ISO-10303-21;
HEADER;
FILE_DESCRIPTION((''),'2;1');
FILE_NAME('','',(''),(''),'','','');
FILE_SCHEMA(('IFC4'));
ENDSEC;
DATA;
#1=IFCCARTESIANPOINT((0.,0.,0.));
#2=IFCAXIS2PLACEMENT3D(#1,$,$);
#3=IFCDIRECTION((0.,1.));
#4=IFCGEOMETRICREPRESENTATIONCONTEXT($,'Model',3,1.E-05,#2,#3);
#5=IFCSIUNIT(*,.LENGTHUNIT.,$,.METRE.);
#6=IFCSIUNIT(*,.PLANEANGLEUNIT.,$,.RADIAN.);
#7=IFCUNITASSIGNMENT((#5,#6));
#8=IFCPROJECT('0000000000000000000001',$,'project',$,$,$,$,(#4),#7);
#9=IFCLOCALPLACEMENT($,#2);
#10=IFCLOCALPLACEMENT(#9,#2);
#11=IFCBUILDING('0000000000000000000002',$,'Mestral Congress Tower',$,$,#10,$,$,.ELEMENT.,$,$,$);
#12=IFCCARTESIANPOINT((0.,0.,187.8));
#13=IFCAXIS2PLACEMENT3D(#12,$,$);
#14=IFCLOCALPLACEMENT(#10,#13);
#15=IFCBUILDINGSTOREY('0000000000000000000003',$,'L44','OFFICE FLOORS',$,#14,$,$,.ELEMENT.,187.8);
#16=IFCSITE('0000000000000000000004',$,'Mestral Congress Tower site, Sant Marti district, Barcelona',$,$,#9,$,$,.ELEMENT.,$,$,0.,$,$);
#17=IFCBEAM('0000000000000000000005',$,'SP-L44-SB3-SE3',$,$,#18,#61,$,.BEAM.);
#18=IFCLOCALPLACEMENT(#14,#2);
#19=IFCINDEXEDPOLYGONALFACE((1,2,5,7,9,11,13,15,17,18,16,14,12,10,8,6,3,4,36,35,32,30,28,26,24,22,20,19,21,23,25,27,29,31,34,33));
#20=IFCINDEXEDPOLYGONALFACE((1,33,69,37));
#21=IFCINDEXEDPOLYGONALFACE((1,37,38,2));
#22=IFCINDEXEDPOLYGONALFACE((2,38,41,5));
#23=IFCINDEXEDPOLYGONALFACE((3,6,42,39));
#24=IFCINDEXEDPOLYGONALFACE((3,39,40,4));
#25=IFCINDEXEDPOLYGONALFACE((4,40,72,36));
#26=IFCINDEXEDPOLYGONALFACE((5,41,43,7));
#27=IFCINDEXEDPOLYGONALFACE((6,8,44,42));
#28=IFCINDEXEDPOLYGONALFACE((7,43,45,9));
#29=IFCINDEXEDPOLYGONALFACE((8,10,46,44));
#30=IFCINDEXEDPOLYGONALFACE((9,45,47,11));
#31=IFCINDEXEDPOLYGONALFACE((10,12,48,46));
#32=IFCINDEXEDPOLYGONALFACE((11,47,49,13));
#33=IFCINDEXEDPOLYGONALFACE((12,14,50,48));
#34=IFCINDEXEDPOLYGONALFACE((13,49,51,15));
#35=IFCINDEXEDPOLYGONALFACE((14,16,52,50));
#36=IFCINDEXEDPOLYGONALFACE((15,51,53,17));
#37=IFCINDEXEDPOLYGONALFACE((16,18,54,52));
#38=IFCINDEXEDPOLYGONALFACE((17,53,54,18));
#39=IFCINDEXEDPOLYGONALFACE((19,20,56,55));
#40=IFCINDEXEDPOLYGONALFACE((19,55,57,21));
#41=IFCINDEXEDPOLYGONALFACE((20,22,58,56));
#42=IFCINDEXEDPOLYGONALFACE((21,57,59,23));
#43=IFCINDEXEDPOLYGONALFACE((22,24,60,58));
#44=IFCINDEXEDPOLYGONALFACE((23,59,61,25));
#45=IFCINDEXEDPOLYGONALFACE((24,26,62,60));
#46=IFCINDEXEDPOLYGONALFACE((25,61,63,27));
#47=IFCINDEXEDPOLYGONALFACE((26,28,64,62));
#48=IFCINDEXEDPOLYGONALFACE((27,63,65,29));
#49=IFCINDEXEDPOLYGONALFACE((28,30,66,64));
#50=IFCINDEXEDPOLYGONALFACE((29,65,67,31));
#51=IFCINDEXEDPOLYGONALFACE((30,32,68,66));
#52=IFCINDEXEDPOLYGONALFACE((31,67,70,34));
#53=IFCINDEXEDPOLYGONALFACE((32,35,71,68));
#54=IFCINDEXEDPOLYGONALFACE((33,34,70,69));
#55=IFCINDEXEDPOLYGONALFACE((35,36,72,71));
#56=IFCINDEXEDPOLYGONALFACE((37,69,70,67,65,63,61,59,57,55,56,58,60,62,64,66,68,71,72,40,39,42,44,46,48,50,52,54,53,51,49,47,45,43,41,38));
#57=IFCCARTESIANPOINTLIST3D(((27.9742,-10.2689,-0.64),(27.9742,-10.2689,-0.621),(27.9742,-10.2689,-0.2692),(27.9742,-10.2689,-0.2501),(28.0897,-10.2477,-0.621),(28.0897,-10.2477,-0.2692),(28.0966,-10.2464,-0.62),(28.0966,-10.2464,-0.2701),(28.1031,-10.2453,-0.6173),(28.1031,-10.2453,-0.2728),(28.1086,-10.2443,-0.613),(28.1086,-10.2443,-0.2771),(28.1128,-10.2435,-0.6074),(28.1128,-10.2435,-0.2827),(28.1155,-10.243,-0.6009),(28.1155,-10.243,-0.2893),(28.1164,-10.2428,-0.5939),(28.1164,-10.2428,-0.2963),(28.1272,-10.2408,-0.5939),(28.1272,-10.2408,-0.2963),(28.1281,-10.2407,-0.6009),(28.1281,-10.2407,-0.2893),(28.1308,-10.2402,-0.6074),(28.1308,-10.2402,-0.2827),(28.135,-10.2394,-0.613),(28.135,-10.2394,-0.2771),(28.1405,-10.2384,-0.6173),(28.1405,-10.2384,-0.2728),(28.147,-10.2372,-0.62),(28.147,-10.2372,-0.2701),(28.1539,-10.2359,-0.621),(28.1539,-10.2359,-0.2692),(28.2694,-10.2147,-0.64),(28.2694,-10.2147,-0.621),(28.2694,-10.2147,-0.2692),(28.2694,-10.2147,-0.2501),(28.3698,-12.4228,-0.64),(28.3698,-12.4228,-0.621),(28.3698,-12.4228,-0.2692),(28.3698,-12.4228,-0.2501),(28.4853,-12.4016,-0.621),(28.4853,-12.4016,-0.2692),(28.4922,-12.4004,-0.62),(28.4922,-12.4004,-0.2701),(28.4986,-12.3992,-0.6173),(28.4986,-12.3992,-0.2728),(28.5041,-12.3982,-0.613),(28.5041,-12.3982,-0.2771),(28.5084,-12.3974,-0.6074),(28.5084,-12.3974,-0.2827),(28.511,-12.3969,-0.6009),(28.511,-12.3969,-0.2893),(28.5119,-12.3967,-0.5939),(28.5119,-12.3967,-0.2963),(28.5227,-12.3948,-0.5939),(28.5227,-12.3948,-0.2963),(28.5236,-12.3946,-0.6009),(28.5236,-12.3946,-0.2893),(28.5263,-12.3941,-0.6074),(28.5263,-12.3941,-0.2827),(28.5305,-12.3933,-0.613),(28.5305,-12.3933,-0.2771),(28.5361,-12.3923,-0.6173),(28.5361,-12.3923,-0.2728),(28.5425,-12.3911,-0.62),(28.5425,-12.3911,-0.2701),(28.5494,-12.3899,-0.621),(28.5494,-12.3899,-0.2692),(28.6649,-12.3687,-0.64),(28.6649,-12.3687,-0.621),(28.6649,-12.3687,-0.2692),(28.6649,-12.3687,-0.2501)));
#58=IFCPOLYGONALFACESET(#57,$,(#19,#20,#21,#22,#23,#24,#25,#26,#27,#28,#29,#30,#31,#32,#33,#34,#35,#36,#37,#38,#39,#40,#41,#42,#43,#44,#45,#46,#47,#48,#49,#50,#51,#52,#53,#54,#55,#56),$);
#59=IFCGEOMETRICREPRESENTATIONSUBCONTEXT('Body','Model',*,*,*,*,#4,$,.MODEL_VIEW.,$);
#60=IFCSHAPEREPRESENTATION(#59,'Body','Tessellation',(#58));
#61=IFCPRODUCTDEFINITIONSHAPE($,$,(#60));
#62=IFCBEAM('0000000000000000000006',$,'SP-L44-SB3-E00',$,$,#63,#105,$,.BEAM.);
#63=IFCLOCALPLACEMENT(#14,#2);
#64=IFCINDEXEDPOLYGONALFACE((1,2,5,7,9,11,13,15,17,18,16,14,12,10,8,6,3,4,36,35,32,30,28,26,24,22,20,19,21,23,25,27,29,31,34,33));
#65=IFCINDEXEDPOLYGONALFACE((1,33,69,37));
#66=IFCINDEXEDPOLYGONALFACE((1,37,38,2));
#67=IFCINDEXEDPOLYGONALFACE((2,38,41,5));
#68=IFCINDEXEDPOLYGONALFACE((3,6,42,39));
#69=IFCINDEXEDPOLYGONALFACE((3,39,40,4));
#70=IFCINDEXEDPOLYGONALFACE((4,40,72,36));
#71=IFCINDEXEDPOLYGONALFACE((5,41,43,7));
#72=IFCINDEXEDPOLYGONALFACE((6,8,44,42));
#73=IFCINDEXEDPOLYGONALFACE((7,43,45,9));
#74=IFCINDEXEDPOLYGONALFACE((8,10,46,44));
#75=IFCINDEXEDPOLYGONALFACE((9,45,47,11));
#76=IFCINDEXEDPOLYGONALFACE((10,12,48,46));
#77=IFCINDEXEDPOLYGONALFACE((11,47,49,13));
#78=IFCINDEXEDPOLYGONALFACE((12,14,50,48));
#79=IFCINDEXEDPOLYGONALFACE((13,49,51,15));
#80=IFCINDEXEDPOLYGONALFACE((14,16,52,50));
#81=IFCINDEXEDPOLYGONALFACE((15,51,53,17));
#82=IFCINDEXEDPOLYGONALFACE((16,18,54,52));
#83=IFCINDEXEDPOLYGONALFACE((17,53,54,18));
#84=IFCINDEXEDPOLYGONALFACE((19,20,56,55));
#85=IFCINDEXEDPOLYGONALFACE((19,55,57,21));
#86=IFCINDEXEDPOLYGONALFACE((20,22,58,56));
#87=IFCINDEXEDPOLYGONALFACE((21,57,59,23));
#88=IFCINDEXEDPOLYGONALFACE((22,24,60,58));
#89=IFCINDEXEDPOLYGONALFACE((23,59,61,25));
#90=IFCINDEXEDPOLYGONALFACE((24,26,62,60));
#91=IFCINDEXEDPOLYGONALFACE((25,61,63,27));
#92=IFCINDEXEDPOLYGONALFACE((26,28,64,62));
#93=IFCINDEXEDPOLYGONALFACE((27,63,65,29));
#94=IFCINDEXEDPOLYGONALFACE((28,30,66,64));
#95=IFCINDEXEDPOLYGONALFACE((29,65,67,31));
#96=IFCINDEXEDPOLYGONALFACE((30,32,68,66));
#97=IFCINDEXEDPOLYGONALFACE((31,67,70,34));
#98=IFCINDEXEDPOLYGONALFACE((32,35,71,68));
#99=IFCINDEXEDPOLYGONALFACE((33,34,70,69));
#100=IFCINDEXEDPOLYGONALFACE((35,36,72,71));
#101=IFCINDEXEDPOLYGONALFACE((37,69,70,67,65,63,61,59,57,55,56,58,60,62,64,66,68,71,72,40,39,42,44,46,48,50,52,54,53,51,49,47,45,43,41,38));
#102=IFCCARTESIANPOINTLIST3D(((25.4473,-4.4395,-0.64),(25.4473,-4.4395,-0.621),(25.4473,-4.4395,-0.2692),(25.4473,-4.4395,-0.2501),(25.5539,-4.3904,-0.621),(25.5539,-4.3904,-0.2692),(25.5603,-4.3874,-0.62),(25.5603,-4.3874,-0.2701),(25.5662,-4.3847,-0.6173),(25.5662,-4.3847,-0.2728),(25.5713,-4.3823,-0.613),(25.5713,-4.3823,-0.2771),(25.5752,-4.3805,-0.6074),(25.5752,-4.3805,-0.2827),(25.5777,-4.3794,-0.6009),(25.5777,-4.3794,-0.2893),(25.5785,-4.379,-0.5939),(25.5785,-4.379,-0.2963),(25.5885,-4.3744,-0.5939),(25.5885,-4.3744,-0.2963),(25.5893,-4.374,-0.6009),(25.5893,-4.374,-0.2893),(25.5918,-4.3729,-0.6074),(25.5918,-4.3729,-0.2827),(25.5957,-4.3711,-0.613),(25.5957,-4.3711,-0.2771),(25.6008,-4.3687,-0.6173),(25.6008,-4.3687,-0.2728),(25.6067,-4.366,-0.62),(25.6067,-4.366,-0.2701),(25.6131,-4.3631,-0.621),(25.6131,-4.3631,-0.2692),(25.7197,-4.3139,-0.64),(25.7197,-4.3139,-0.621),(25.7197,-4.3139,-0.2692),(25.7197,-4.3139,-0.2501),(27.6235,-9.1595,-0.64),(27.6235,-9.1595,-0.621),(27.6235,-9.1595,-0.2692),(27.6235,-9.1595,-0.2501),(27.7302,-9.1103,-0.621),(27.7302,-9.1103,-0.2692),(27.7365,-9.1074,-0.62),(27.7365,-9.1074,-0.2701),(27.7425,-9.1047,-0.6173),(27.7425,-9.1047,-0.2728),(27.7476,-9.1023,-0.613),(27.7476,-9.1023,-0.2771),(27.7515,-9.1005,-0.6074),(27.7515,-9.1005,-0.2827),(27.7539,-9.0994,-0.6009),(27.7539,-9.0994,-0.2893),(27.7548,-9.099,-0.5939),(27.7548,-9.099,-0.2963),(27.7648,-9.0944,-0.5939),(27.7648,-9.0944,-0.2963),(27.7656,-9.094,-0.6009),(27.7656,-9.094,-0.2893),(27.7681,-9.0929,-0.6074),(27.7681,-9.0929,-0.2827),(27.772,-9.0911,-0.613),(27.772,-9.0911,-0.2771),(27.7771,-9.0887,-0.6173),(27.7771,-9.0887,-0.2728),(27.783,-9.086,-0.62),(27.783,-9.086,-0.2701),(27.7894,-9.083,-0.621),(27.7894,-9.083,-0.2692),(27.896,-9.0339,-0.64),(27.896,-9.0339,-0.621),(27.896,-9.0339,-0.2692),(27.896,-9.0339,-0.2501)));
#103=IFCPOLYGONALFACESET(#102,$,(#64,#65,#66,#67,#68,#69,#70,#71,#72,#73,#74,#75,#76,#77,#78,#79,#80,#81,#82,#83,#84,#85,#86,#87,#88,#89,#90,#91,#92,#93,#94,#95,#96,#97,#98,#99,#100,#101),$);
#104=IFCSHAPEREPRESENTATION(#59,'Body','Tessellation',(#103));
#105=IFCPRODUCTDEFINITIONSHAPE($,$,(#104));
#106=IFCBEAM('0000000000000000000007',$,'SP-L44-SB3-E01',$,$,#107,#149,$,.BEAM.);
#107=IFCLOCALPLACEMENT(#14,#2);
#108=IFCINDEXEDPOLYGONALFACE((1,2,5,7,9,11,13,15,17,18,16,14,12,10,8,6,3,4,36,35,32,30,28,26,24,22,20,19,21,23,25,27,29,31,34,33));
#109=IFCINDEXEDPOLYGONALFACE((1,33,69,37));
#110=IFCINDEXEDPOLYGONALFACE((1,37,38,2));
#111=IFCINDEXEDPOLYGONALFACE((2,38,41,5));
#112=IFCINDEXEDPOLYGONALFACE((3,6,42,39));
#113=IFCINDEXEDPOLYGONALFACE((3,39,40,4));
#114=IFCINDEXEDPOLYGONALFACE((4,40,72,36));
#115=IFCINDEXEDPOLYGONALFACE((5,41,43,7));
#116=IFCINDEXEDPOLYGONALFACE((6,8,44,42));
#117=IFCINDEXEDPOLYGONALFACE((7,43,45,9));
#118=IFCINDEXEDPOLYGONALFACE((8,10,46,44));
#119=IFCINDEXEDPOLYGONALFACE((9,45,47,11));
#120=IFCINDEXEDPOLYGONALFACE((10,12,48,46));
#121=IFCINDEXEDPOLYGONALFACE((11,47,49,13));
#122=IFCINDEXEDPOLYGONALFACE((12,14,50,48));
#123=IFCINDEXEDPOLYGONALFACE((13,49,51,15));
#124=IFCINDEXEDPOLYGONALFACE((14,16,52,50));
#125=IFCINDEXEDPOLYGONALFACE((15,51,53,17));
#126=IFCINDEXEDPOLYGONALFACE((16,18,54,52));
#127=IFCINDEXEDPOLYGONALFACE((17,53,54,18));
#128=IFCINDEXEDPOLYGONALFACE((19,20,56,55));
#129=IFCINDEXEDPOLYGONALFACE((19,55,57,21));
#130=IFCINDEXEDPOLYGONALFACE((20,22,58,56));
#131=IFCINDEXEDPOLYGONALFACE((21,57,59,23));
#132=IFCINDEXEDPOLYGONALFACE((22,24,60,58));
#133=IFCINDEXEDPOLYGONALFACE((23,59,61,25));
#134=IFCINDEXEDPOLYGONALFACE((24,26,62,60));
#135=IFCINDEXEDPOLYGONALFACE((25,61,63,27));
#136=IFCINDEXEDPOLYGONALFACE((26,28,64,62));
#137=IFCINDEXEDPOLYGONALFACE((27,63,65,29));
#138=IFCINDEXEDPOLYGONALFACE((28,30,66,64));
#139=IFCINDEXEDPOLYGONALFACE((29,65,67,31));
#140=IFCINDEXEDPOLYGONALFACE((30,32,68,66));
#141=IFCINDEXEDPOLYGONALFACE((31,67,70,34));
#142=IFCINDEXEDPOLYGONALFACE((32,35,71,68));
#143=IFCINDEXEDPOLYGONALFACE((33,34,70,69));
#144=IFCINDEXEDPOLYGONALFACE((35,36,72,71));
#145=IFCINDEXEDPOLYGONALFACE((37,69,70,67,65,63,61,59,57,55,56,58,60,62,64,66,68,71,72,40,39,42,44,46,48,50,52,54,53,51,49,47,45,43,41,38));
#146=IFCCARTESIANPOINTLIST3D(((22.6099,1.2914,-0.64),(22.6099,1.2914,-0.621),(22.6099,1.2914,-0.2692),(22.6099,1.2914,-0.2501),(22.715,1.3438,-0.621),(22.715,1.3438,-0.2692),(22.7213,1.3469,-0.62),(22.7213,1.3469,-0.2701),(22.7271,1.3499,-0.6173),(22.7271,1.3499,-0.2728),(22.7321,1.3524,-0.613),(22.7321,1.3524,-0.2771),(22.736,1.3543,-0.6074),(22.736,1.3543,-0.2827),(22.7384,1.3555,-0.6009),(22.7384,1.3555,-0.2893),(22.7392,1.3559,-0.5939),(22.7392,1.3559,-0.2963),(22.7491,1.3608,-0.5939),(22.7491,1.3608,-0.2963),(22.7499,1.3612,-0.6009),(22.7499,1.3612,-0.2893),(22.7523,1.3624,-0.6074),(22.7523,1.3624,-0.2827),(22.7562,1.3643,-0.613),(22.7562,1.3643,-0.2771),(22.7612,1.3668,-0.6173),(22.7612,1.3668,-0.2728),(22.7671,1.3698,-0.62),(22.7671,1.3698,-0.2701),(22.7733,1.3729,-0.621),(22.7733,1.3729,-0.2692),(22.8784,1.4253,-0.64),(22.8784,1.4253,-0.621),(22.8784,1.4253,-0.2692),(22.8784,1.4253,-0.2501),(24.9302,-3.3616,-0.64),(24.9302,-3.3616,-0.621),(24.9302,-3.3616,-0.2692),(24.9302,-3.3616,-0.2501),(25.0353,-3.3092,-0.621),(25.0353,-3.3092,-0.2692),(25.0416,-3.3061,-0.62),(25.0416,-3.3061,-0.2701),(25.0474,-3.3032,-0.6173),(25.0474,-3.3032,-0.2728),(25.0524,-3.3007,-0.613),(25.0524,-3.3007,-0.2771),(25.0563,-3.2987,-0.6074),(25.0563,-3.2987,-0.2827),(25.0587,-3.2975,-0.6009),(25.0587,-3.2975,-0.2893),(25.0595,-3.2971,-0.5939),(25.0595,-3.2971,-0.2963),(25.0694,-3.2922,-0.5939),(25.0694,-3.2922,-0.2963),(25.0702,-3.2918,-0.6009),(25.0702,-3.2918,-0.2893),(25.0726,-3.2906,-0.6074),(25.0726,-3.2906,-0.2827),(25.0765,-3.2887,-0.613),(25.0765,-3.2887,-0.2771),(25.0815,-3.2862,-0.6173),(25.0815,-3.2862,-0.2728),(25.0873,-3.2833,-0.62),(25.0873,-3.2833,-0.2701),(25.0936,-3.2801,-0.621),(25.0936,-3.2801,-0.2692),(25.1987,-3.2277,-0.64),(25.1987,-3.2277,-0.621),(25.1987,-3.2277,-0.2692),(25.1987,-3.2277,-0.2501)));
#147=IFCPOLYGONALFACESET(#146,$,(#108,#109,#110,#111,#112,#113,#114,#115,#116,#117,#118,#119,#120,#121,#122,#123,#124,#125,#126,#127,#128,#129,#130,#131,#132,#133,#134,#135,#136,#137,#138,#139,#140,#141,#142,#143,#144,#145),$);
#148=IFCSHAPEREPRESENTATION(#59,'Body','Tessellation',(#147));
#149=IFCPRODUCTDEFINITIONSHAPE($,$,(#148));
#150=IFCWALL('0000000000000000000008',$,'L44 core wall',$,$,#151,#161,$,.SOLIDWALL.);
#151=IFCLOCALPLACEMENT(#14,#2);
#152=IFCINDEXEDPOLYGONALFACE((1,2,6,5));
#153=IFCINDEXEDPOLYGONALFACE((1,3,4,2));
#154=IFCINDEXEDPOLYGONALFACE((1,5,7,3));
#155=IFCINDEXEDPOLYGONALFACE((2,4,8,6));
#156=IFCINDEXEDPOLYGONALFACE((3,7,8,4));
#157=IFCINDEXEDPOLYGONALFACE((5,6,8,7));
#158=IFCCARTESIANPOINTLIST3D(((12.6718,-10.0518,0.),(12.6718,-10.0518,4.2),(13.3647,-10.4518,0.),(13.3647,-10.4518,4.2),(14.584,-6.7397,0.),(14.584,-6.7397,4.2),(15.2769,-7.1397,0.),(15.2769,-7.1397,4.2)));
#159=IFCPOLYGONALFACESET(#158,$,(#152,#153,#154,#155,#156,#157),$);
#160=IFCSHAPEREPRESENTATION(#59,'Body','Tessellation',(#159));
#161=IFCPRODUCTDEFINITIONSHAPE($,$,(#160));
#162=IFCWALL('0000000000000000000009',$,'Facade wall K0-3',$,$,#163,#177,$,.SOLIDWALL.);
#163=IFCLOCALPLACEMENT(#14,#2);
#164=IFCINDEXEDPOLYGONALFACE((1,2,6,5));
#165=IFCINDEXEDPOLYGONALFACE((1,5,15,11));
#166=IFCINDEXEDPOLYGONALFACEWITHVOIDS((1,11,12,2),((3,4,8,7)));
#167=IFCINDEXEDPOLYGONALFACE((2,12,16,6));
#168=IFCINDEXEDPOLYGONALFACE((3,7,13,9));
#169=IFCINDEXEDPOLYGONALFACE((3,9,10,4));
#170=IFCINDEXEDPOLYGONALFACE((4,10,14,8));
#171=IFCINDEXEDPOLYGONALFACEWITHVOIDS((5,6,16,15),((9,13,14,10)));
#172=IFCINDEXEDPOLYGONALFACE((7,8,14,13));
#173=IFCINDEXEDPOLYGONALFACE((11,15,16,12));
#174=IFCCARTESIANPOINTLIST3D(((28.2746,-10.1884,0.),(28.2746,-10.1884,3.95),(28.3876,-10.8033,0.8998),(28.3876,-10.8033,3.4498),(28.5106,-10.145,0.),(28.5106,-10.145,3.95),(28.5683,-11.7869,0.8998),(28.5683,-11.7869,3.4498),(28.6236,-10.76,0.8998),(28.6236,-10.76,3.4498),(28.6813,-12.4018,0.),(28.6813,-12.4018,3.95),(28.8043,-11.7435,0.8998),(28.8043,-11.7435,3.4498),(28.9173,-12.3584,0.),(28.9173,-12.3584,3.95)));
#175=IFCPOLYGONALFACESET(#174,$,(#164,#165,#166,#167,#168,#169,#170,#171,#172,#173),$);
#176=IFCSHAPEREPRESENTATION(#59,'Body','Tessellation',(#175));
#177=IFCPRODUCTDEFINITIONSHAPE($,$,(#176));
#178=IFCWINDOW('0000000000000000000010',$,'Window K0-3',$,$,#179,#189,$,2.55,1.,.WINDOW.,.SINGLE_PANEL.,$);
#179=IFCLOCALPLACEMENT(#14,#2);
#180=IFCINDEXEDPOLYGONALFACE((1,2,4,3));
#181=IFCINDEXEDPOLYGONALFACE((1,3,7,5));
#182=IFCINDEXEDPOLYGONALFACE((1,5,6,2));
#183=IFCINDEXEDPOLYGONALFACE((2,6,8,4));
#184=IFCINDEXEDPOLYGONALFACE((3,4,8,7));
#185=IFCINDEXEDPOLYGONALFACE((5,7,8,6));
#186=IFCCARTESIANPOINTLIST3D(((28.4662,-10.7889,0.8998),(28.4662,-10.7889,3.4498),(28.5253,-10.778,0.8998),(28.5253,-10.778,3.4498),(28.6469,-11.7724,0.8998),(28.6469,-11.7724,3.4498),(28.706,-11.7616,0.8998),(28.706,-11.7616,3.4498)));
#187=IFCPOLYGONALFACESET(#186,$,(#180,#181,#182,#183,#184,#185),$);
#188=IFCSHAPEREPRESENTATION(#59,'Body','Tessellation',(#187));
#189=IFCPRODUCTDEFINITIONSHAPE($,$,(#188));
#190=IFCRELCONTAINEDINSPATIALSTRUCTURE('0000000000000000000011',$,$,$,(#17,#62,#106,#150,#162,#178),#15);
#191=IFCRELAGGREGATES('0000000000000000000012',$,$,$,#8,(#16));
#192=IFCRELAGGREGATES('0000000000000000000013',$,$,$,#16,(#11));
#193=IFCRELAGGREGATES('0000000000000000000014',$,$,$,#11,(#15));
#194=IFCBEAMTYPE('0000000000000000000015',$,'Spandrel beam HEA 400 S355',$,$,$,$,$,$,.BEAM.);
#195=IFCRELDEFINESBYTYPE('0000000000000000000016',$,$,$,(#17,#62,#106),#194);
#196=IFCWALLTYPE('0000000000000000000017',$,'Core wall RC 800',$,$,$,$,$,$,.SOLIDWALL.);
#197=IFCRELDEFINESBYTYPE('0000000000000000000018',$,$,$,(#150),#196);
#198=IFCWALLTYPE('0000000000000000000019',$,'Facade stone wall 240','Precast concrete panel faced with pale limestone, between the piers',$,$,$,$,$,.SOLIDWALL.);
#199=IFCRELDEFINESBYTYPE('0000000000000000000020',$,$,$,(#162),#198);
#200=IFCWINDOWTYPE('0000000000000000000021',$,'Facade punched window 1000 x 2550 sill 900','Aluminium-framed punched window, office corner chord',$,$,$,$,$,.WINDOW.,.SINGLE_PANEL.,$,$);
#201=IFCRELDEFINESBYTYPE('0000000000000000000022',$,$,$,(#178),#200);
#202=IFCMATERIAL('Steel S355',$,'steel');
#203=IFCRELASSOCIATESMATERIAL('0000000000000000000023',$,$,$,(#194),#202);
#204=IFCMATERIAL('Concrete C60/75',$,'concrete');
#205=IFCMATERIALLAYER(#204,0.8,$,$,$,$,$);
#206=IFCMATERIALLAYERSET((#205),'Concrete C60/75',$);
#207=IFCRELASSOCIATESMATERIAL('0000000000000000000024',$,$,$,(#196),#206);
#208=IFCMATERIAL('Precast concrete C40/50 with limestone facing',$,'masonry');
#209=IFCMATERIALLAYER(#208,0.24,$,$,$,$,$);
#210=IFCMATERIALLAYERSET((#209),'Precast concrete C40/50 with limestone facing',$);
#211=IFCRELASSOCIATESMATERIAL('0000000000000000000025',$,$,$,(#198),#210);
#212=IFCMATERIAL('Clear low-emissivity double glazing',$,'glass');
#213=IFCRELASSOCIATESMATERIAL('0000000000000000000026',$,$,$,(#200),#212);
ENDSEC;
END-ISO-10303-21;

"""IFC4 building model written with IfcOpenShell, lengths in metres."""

from ifc_helpers import new_model, si_unit, direction, frame, frame_2d, origin, origin_2d, place, context, subcontext, project, spatial, rectangle, i_section, extrude, material, layer, layer_set, material_profile, profile_set, type_object, element, fill, save


model = new_model("IFC4")

# Units and contexts
model_context = context("Model", 3, precision=1e-05, world=origin(), true_north=direction((0.0, 1.0)))
body_context = subcontext(model_context, "Body", "Model", "MODEL_VIEW")
ifc_project = project(units=[si_unit("LENGTHUNIT", "METRE"), si_unit("PLANEANGLEUNIT", "RADIAN")], contexts=[model_context])

# Site, building, storey
site_placement = place(None, origin())
site = spatial("IfcSite", under=ifc_project, at=site_placement, Name="Mestral Congress Tower site, Sant Marti district, Barcelona", CompositionType="ELEMENT", RefElevation=0.0)
building_placement = place(site_placement, origin())
building = spatial("IfcBuilding", under=site, at=building_placement, Name="Mestral Congress Tower", CompositionType="ELEMENT")
storey_placement = place(building_placement, frame((0.0, 0.0, 187.8)))
storey = spatial("IfcBuildingStorey", under=building, at=storey_placement, Name="L44", Description="OFFICE FLOORS", CompositionType="ELEMENT", Elevation=187.8)

# Shared definitions
ifc_material_1 = material(Name="Concrete C60/75", Category="concrete")

# Beams
ifc_material_2 = material(Name="Steel S355", Category="steel")
ifc_material_profile_1 = material_profile(ifc_material_2, i_section(OverallWidth=0.3, OverallDepth=0.3899, WebThickness=0.011, FlangeThickness=0.019, FilletRadius=0.0271, at=origin_2d()), Name="HEA 400")
ifc_profile_set_1 = profile_set([ifc_material_profile_1], Name="Steel S355")
beam_type_1 = type_object("IfcBeamType", Name="Spandrel beam HEA 400 S355", PredefinedType="BEAM", material=ifc_profile_set_1)
beam_1_placement = place(storey_placement, frame((28.5173, -12.3958, -0.4451), z_axis=(-0.180612, 0.983554, 0.0), x_axis=(-0.983554, -0.180612, 0.0)))
element("IfcBeam", 1, at=beam_1_placement, inside=storey, type_object=beam_type_1, Name="SP-L44-SB3-SE3", PredefinedType="BEAM", context=body_context, shape_type="SweptSolid", body=[
    extrude(i_section(OverallWidth=0.3, OverallDepth=0.3899, WebThickness=0.011, FlangeThickness=0.019, FilletRadius=0.0271, at=origin_2d()), origin(), (0.0, 0.0, 1.0), 2.1899),
])
beam_2_placement = place(storey_placement, frame((27.7598, -9.0967, -0.4451), z_axis=(-0.418713, 0.908119, 0.0), x_axis=(-0.908119, -0.418713, 0.0)))
element("IfcBeam", 2, at=beam_2_placement, inside=storey, type_object=beam_type_1, Name="SP-L44-SB3-E00", PredefinedType="BEAM", context=body_context, shape_type="SweptSolid", body=[
    extrude(i_section(OverallWidth=0.3, OverallDepth=0.3899, WebThickness=0.011, FlangeThickness=0.019, FilletRadius=0.0271, at=origin_2d()), origin(), (0.0, 0.0, 1.0), 5.1975),
])
beam_3_placement = place(storey_placement, frame((25.0645, -3.2947, -0.4451), z_axis=(-0.446255, 0.894906, 0.0), x_axis=(-0.894906, -0.446255, 0.0)))
element("IfcBeam", 3, at=beam_3_placement, inside=storey, type_object=beam_type_1, Name="SP-L44-SB3-E01", PredefinedType="BEAM", context=body_context, shape_type="SweptSolid", body=[
    extrude(i_section(OverallWidth=0.3, OverallDepth=0.3899, WebThickness=0.011, FlangeThickness=0.019, FilletRadius=0.0271, at=origin_2d()), origin(), (0.0, 0.0, 1.0), 5.1995),
])

# Wall
ifc_layer_1 = layer(ifc_material_1, 0.8)
ifc_layer_set_1 = layer_set([ifc_layer_1], Name="Concrete C60/75")
wall_type_1 = type_object("IfcWallType", Name="Core wall RC 800", PredefinedType="SOLIDWALL", material=ifc_layer_set_1)
wall_1_placement = place(storey_placement, frame((13.0183, -10.2517, 0.0), z_axis=(0.0, 0.0, 1.0), x_axis=(0.499984, 0.866035, 0.0)))
element("IfcWall", 4, at=wall_1_placement, inside=storey, type_object=wall_type_1, Name="L44 core wall", PredefinedType="SOLIDWALL", context=body_context, shape_type="SweptSolid", body=[
    extrude(rectangle(XDim=3.8245, YDim=0.8, at=frame_2d((1.9121, 0.0))), origin(), (0.0, 0.0, 1.0), 4.2),
])

# Wall, opening, window
ifc_material_3 = material(Name="Precast concrete C40/50 with limestone facing", Category="masonry")
ifc_layer_2 = layer(ifc_material_3, 0.24)
ifc_layer_set_2 = layer_set([ifc_layer_2], Name="Precast concrete C40/50 with limestone facing")
wall_type_2 = type_object("IfcWallType", Name="Facade stone wall 240", Description="Precast concrete panel faced with pale limestone, between the piers", PredefinedType="SOLIDWALL", material=ifc_layer_set_2)
wall_2_placement = place(storey_placement, frame((28.7993, -12.3801, 0.0), z_axis=(0.0, 0.0, 1.0), x_axis=(-0.180737, 0.983531, 0.0)))
wall_2 = element("IfcWall", 5, at=wall_2_placement, inside=storey, type_object=wall_type_2, Name="Facade wall K0-3", PredefinedType="SOLIDWALL", context=body_context, shape_type="SweptSolid", body=[
    extrude(rectangle(XDim=2.2505, YDim=0.24, at=frame_2d((1.1252, 0.0))), origin(), (0.0, 0.0, 1.0), 3.95),
])
opening_1_placement = place(wall_2_placement, frame((0.6252, 0.0, 0.8999)))
opening_1 = element("IfcOpeningElement", 6, at=opening_1_placement, cuts=wall_2, PredefinedType="OPENING", context=body_context, shape_type="SweptSolid", body=[
    extrude(rectangle(XDim=1.0, YDim=2.55, at=frame_2d((0.5, 1.2749))), frame((0.0, 0.1299, 0.0), z_axis=(0.0, -1.0, 0.0), x_axis=(1.0, 0.0, 0.0)), (0.0, 0.0, 1.0), 0.26),
])
ifc_material_4 = material(Name="Clear low-emissivity double glazing", Category="glass")
window_type_1 = type_object("IfcWindowType", Name="Facade punched window 1000 x 2550 sill 900", Description="Aluminium-framed punched window, office corner chord", PartitioningType="SINGLE_PANEL", PredefinedType="WINDOW", material=ifc_material_4)
window_1_placement = place(opening_1_placement, origin())
window_1 = element("IfcWindow", 7, at=window_1_placement, inside=storey, type_object=window_type_1, Name="Window K0-3", OverallHeight=2.55, OverallWidth=1.0, PartitioningType="SINGLE_PANEL", PredefinedType="WINDOW", context=body_context, shape_type="SweptSolid", body=[
    extrude(rectangle(XDim=1.0, YDim=2.55, at=frame_2d((0.5, 1.2749))), frame((0.0, 0.04, 0.0), z_axis=(0.0, -1.0, 0.0), x_axis=(1.0, 0.0, 0.0)), (0.0, 0.0, 1.0), 0.0601),
])
fill(opening_1, window_1)

save(model, "model.ifc")
